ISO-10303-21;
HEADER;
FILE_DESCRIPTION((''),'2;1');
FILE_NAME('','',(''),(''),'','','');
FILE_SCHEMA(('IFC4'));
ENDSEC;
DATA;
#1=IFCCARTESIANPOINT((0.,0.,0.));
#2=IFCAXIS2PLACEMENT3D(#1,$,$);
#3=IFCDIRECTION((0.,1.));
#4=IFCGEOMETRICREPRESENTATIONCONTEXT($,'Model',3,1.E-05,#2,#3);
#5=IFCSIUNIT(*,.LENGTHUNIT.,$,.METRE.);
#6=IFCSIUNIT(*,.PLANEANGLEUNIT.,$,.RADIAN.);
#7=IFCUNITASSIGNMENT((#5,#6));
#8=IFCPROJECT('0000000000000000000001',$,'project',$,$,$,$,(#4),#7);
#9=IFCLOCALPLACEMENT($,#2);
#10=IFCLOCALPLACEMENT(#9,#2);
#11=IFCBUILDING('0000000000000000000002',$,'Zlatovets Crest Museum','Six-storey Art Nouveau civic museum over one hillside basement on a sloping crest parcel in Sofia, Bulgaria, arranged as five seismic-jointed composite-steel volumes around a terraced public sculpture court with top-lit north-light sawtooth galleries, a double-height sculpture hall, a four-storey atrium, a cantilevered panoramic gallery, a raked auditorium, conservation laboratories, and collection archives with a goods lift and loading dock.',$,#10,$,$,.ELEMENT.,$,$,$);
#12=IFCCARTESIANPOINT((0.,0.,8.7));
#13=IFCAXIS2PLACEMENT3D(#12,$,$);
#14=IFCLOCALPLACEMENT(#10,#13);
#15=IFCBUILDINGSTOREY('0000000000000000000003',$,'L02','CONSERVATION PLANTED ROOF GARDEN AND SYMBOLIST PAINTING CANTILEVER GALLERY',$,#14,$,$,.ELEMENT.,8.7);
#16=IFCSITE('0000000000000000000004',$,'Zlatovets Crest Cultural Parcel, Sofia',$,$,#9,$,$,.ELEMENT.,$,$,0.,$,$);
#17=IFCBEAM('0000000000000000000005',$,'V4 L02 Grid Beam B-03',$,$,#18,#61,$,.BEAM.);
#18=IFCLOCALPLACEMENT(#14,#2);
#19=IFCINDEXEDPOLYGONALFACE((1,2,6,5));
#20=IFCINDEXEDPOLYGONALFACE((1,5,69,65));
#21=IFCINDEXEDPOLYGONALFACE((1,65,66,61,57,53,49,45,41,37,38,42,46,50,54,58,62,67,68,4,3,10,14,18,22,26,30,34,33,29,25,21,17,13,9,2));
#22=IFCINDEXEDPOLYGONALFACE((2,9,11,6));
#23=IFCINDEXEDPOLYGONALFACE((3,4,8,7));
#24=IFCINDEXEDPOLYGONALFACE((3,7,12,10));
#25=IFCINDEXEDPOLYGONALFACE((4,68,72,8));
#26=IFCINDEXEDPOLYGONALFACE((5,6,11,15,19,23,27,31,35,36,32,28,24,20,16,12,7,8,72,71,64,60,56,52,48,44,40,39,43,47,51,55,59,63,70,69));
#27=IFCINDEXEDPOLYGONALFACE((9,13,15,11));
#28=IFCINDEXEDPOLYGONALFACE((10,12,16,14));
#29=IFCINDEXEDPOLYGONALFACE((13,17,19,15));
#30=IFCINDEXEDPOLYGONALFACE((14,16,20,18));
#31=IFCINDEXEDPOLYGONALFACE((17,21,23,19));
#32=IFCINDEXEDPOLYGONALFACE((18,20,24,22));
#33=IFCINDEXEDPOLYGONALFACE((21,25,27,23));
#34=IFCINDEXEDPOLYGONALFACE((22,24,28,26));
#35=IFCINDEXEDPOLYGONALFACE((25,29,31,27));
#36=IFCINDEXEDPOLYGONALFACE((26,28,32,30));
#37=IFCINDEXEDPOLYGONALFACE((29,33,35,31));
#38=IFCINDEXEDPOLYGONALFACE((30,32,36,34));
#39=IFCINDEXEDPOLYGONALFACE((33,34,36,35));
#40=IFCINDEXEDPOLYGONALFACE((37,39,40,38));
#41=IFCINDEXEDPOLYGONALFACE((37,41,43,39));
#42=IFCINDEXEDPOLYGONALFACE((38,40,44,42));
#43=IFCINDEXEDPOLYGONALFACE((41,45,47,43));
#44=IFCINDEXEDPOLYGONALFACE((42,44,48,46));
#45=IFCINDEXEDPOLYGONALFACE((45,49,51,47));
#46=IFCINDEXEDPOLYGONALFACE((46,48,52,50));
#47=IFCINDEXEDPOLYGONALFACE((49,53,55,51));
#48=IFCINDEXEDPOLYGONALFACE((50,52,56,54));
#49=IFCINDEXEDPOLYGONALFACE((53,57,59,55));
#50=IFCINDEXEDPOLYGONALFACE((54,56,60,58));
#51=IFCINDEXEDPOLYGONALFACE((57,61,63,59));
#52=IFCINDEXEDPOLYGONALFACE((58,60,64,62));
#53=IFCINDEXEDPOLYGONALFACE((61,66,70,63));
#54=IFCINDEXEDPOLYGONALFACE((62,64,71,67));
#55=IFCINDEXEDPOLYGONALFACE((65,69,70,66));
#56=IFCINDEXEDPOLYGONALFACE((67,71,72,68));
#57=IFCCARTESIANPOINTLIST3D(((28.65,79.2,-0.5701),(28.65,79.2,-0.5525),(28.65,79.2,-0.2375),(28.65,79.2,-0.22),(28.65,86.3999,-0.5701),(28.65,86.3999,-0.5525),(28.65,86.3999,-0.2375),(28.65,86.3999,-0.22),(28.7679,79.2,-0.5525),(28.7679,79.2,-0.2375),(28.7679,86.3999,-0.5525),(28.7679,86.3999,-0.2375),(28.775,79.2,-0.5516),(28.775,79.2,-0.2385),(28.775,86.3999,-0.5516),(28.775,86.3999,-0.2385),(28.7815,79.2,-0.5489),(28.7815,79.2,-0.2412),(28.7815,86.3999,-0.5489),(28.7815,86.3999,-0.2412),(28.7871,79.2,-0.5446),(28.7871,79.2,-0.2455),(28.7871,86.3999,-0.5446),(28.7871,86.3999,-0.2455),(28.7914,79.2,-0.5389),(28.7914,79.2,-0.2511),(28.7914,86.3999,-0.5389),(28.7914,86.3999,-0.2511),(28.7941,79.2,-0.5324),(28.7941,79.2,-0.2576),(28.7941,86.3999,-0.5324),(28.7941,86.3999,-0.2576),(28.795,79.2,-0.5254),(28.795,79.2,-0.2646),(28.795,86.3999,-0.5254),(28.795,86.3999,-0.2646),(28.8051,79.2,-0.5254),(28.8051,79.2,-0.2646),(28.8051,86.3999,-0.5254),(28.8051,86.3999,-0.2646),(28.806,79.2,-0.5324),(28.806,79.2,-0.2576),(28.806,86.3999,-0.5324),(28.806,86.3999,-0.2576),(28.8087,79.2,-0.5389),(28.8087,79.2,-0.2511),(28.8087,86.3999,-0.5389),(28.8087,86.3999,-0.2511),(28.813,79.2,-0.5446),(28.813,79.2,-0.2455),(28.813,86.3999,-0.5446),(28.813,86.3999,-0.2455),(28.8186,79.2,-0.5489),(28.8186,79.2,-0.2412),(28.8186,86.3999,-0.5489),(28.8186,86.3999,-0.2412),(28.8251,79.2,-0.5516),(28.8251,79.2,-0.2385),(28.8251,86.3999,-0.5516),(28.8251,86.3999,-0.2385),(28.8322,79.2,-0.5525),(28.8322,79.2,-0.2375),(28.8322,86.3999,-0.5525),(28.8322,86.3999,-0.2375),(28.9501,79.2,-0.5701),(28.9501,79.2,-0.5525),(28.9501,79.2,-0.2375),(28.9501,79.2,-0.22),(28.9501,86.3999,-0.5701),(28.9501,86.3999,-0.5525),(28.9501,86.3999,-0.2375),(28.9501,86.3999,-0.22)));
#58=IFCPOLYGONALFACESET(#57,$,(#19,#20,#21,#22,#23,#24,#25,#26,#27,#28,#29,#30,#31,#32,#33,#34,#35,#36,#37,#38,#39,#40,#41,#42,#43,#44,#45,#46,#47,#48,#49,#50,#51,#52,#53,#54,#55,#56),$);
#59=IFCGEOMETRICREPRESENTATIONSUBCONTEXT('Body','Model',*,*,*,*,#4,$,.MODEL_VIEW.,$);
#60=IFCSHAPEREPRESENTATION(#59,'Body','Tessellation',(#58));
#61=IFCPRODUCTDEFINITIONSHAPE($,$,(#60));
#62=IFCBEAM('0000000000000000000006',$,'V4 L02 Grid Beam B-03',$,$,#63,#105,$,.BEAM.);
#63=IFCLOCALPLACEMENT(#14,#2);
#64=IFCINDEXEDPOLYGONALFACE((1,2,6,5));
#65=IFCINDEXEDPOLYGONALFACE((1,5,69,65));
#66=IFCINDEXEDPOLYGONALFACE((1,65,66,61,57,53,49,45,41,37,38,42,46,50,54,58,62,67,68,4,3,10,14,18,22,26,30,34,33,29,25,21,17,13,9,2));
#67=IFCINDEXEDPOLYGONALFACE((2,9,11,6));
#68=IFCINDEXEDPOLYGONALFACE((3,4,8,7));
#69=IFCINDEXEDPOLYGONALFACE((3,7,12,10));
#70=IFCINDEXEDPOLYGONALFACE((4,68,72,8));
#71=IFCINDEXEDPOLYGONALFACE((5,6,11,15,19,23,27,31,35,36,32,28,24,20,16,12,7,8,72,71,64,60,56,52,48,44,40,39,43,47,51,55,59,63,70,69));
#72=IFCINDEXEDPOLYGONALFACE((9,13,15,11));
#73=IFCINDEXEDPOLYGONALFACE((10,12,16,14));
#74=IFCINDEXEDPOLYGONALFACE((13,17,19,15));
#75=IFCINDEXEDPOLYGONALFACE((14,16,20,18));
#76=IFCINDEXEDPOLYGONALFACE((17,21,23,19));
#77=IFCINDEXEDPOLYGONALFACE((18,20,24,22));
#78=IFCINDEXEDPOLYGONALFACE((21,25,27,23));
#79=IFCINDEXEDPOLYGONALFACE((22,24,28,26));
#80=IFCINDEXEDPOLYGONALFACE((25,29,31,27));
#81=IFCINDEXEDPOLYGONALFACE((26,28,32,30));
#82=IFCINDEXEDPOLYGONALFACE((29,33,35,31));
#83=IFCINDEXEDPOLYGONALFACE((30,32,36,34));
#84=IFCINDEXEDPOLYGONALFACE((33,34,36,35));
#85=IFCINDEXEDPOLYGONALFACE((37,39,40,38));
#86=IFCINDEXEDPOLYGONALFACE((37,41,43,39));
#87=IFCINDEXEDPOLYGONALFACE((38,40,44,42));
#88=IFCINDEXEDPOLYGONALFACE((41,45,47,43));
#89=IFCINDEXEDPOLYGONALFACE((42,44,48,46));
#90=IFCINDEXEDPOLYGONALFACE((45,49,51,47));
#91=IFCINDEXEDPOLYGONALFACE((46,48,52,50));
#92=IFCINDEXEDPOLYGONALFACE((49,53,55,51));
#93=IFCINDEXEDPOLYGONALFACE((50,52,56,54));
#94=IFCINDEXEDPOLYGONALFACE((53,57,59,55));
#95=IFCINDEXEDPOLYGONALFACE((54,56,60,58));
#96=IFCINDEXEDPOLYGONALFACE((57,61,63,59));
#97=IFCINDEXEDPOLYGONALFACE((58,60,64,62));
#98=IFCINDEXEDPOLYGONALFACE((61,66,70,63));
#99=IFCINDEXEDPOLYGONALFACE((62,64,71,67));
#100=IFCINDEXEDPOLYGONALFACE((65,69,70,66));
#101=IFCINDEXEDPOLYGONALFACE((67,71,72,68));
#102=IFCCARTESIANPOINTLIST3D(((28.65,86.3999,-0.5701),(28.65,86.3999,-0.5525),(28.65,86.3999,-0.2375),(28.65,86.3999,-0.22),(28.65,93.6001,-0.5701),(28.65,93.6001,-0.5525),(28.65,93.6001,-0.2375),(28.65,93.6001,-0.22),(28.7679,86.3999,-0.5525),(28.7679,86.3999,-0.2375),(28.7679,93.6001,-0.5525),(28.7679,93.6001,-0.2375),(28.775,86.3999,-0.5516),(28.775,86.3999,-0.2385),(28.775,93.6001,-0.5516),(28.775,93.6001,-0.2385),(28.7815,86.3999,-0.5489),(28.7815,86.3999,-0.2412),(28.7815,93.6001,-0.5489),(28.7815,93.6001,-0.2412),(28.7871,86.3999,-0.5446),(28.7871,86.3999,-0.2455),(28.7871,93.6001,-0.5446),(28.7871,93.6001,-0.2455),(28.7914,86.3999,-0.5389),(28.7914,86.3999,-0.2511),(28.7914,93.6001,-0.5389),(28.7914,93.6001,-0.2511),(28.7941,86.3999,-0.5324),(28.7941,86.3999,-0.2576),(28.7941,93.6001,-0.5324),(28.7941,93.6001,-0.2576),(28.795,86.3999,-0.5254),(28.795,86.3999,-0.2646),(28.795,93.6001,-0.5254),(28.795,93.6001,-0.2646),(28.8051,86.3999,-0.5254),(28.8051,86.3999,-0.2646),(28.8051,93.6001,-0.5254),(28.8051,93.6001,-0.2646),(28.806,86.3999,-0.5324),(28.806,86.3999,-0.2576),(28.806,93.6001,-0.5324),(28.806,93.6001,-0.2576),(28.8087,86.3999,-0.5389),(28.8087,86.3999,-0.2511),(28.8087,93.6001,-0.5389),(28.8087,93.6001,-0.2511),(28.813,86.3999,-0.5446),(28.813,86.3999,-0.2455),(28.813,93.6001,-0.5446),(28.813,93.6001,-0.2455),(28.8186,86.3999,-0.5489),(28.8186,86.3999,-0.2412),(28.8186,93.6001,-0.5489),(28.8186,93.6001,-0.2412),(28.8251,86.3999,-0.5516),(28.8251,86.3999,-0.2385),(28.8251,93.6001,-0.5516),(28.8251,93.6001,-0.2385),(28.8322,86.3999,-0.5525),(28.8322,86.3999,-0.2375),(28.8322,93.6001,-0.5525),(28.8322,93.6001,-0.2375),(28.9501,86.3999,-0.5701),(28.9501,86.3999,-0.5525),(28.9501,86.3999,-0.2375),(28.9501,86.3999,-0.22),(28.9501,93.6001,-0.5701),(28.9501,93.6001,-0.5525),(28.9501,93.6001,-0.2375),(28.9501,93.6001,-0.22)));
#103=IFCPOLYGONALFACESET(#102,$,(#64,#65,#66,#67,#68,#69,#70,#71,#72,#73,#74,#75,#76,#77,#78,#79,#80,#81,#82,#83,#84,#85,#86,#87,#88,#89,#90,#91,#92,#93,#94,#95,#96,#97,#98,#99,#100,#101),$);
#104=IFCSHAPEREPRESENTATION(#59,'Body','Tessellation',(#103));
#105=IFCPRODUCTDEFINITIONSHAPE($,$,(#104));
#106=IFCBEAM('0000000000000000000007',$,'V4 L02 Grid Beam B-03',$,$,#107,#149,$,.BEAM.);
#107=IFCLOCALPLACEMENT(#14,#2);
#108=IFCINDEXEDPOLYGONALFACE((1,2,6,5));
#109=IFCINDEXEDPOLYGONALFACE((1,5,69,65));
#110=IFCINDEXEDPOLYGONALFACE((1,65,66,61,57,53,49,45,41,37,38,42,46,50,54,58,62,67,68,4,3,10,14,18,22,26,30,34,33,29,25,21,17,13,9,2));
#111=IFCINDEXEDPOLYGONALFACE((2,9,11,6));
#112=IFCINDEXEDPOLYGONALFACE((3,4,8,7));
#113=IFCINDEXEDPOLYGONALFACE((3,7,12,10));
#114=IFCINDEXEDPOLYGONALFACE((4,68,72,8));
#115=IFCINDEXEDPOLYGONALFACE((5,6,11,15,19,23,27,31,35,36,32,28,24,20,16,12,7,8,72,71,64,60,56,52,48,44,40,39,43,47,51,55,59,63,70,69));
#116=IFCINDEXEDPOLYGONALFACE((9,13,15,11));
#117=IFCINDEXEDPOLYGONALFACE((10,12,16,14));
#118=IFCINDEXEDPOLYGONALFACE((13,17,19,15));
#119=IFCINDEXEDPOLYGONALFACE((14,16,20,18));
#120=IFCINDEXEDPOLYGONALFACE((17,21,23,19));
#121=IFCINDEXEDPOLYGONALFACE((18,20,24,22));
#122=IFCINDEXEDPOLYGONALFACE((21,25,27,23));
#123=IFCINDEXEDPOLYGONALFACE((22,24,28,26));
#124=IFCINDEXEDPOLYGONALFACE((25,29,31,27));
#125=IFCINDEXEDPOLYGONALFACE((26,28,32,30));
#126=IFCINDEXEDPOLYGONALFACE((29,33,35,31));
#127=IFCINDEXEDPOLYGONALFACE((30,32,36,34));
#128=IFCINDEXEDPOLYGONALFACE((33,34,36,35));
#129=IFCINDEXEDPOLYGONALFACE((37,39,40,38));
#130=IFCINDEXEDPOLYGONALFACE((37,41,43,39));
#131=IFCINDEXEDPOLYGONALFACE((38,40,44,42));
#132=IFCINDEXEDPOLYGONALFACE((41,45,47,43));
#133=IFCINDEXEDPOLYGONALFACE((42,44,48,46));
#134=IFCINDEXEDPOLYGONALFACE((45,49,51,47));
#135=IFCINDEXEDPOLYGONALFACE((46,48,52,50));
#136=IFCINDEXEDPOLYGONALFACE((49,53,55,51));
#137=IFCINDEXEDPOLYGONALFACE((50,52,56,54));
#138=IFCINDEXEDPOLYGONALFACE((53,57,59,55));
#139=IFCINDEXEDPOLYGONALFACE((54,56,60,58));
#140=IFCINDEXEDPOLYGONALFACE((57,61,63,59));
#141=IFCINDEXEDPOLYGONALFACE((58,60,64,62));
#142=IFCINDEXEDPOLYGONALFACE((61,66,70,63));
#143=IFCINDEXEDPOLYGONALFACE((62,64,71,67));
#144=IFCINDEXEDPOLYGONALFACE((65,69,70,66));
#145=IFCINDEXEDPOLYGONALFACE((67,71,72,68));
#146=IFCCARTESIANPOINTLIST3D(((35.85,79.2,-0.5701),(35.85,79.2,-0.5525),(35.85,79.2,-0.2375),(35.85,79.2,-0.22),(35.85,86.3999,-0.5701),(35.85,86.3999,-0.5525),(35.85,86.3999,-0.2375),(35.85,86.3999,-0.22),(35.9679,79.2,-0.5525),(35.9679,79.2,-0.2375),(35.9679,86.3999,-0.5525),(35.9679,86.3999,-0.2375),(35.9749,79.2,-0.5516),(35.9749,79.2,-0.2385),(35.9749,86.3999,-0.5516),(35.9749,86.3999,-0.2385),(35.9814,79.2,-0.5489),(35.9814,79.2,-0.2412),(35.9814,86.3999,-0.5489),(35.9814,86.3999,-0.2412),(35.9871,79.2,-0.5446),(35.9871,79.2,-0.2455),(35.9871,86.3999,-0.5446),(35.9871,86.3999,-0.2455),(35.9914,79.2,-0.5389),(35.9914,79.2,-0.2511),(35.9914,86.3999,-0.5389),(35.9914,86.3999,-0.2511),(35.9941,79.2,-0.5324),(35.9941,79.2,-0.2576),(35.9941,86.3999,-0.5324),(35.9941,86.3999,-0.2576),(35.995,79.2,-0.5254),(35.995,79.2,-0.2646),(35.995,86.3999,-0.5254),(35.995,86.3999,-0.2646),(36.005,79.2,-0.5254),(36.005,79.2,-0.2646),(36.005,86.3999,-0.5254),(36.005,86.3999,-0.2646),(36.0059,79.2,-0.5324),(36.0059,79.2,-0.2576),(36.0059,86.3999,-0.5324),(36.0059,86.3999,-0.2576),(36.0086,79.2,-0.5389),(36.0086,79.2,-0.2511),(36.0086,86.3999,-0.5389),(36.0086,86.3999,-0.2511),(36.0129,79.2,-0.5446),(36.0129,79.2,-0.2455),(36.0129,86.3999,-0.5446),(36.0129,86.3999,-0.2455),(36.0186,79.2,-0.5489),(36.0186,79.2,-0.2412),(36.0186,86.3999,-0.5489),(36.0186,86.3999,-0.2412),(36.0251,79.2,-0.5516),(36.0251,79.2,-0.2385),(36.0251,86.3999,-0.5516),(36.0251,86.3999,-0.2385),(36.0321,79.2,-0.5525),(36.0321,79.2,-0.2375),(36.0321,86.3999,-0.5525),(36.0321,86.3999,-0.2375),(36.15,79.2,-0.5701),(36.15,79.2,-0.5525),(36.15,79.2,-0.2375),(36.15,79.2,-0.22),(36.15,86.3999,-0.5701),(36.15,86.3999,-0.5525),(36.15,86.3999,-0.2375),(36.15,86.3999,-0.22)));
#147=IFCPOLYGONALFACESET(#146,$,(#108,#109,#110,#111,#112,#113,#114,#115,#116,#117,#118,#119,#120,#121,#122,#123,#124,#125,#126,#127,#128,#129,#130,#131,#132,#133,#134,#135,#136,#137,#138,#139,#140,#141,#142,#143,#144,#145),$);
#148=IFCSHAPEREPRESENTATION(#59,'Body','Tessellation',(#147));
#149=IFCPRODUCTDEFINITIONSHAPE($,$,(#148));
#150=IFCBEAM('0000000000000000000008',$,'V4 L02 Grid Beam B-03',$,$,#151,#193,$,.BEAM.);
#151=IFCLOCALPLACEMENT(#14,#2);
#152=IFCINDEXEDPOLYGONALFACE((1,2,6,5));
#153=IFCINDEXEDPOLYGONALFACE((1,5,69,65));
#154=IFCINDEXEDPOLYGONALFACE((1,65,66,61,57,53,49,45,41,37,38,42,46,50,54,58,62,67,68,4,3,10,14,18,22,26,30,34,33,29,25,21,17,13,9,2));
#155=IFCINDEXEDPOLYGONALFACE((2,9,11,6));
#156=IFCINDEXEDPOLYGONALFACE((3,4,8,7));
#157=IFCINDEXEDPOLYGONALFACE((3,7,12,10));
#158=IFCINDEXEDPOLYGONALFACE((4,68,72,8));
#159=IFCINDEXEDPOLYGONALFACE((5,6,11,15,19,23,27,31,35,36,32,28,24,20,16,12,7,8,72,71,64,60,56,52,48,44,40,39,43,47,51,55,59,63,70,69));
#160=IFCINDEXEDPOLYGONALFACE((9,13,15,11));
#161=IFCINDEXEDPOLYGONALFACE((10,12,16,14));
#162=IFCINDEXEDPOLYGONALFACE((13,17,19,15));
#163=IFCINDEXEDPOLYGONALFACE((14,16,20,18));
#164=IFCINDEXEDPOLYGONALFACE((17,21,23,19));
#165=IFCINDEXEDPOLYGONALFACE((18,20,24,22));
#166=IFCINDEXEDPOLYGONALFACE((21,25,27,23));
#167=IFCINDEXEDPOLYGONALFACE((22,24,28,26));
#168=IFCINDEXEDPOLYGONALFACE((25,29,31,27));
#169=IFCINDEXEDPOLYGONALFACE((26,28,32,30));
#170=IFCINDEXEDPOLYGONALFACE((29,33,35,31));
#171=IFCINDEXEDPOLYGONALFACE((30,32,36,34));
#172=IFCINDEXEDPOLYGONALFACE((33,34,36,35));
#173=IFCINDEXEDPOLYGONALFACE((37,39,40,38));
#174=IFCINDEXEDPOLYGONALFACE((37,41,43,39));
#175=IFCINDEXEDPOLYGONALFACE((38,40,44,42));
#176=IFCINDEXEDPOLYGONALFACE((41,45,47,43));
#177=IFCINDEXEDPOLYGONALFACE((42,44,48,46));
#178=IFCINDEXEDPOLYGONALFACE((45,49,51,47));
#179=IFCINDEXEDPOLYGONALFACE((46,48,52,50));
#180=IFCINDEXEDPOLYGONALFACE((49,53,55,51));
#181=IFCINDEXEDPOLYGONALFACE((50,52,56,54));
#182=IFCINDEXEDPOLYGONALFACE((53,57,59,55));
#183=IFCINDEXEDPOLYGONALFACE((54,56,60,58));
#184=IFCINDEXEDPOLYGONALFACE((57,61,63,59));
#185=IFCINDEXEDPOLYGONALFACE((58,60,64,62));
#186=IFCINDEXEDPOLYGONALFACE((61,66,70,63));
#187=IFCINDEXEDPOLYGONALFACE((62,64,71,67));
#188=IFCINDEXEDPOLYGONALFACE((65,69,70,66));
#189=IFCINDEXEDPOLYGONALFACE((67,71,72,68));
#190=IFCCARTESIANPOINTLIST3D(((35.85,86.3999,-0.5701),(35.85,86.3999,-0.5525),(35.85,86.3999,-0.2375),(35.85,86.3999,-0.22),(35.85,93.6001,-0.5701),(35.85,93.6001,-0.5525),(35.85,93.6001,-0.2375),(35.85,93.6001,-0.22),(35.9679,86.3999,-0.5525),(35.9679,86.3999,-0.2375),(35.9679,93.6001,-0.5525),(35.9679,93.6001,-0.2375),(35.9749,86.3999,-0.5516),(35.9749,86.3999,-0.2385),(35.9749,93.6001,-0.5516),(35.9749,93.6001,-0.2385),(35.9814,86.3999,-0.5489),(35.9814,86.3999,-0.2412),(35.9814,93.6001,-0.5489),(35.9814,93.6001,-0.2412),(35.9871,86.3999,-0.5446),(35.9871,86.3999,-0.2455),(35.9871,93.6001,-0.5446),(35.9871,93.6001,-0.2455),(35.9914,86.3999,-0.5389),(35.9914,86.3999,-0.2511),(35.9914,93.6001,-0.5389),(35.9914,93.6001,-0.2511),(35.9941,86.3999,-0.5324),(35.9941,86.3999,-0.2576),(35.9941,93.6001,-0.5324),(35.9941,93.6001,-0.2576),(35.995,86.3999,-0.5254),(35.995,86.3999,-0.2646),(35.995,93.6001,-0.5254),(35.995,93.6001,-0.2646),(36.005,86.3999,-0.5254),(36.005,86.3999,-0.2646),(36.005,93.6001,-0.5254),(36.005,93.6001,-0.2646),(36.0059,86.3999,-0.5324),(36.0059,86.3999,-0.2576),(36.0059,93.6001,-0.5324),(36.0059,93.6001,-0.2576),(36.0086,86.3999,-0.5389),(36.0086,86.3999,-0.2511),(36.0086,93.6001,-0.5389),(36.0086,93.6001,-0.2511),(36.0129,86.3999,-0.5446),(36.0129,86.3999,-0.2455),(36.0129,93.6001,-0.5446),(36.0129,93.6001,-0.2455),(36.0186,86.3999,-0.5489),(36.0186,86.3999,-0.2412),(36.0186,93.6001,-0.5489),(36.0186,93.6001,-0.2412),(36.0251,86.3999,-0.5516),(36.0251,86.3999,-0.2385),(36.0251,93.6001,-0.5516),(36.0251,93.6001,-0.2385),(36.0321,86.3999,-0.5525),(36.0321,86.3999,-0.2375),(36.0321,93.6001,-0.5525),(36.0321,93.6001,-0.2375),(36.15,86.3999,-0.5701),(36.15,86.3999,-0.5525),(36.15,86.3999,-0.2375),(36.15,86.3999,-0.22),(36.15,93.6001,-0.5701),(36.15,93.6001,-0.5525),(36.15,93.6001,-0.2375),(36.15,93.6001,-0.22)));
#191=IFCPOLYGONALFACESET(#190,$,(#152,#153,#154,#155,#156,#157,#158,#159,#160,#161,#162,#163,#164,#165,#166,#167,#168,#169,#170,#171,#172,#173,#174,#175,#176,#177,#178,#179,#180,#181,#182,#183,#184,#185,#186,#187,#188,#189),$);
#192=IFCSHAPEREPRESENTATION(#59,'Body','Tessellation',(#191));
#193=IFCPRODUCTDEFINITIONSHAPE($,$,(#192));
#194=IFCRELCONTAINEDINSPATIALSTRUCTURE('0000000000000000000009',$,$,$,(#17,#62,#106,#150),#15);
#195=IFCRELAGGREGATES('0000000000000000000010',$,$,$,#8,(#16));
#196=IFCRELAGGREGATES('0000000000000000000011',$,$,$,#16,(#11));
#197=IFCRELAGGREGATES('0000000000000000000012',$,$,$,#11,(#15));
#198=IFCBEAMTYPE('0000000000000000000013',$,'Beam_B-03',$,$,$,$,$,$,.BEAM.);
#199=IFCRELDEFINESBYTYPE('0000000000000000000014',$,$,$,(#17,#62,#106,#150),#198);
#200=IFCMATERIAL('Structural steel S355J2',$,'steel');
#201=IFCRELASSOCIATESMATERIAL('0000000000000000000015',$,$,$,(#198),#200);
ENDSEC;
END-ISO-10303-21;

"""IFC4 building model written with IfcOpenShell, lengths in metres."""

from ifc_helpers import new_model, si_unit, direction, frame, origin, origin_2d, place, context, subcontext, project, spatial, i_section, extrude, material, material_profile, profile_set, type_object, element, save


model = new_model("IFC4")

# Units and contexts
model_context = context("Model", 3, precision=1e-05, world=origin(), true_north=direction((0.0, 1.0)))
body_context = subcontext(model_context, "Body", "Model", "MODEL_VIEW")
ifc_project = project(units=[si_unit("LENGTHUNIT", "METRE"), si_unit("PLANEANGLEUNIT", "RADIAN")], contexts=[model_context])

# Site, building, storey
site_placement = place(None, origin())
site = spatial("IfcSite", under=ifc_project, at=site_placement, Name="Zlatovets Crest Cultural Parcel, Sofia", CompositionType="ELEMENT", RefElevation=0.0)
building_placement = place(site_placement, origin())
building = spatial("IfcBuilding", under=site, at=building_placement, Name="Zlatovets Crest Museum", Description="Six-storey Art Nouveau civic museum over one hillside basement on a sloping crest parcel in Sofia, Bulgaria, arranged as five seismic-jointed composite-steel volumes around a terraced public sculpture court with top-lit north-light sawtooth galleries, a double-height sculpture hall, a four-storey atrium, a cantilevered panoramic gallery, a raked auditorium, conservation laboratories, and collection archives with a goods lift and loading dock.", CompositionType="ELEMENT")
storey_placement = place(building_placement, frame((0.0, 0.0, 8.7)))
storey = spatial("IfcBuildingStorey", under=building, at=storey_placement, Name="L02", Description="CONSERVATION PLANTED ROOF GARDEN AND SYMBOLIST PAINTING CANTILEVER GALLERY", CompositionType="ELEMENT", Elevation=8.7)

# Shared definitions
ifc_material_1 = material(Name="Structural steel S355J2", Category="steel")

# Beams
ifc_material_profile_1 = material_profile(ifc_material_1, i_section(OverallWidth=0.3, OverallDepth=0.3501, WebThickness=0.01, FlangeThickness=0.0176, FilletRadius=0.0271, at=origin_2d()), Name="HEA 360")
ifc_profile_set_1 = profile_set([ifc_material_profile_1], Name="Structural steel S355J2")
beam_type_1 = type_object("IfcBeamType", Name="Beam_B-03", PredefinedType="BEAM", material=ifc_profile_set_1)
beam_1_placement = place(storey_placement, frame((28.8, 79.2, -0.395), z_axis=(0.0, 1.0, 0.0), x_axis=(-1.0, 0.0, 0.0)))
element("IfcBeam", 1, at=beam_1_placement, inside=storey, type_object=beam_type_1, Name="V4 L02 Grid Beam B-03", PredefinedType="BEAM", context=body_context, shape_type="SweptSolid", body=[
    extrude(i_section(OverallWidth=0.3, OverallDepth=0.3501, WebThickness=0.01, FlangeThickness=0.0176, FilletRadius=0.0271, at=origin_2d()), origin(), (0.0, 0.0, 1.0), 7.2),
])
beam_2_placement = place(storey_placement, frame((28.8, 86.3999, -0.395), z_axis=(0.0, 1.0, 0.0), x_axis=(-1.0, 0.0, 0.0)))
element("IfcBeam", 2, at=beam_2_placement, inside=storey, type_object=beam_type_1, Name="V4 L02 Grid Beam B-03", PredefinedType="BEAM", context=body_context, shape_type="SweptSolid", body=[
    extrude(i_section(OverallWidth=0.3, OverallDepth=0.3501, WebThickness=0.01, FlangeThickness=0.0176, FilletRadius=0.0271, at=origin_2d()), origin(), (0.0, 0.0, 1.0), 7.2002),
])
beam_3_placement = place(storey_placement, frame((36.0, 79.2, -0.395), z_axis=(0.0, 1.0, 0.0), x_axis=(-1.0, 0.0, 0.0)))
element("IfcBeam", 3, at=beam_3_placement, inside=storey, type_object=beam_type_1, Name="V4 L02 Grid Beam B-03", PredefinedType="BEAM", context=body_context, shape_type="SweptSolid", body=[
    extrude(i_section(OverallWidth=0.3, OverallDepth=0.3501, WebThickness=0.01, FlangeThickness=0.0176, FilletRadius=0.0271, at=origin_2d()), origin(), (0.0, 0.0, 1.0), 7.2),
])
beam_4_placement = place(storey_placement, frame((36.0, 86.3999, -0.395), z_axis=(0.0, 1.0, 0.0), x_axis=(-1.0, 0.0, 0.0)))
element("IfcBeam", 4, at=beam_4_placement, inside=storey, type_object=beam_type_1, Name="V4 L02 Grid Beam B-03", PredefinedType="BEAM", context=body_context, shape_type="SweptSolid", body=[
    extrude(i_section(OverallWidth=0.3, OverallDepth=0.3501, WebThickness=0.01, FlangeThickness=0.0176, FilletRadius=0.0271, at=origin_2d()), origin(), (0.0, 0.0, 1.0), 7.2002),
])

save(model, "model.ifc")
